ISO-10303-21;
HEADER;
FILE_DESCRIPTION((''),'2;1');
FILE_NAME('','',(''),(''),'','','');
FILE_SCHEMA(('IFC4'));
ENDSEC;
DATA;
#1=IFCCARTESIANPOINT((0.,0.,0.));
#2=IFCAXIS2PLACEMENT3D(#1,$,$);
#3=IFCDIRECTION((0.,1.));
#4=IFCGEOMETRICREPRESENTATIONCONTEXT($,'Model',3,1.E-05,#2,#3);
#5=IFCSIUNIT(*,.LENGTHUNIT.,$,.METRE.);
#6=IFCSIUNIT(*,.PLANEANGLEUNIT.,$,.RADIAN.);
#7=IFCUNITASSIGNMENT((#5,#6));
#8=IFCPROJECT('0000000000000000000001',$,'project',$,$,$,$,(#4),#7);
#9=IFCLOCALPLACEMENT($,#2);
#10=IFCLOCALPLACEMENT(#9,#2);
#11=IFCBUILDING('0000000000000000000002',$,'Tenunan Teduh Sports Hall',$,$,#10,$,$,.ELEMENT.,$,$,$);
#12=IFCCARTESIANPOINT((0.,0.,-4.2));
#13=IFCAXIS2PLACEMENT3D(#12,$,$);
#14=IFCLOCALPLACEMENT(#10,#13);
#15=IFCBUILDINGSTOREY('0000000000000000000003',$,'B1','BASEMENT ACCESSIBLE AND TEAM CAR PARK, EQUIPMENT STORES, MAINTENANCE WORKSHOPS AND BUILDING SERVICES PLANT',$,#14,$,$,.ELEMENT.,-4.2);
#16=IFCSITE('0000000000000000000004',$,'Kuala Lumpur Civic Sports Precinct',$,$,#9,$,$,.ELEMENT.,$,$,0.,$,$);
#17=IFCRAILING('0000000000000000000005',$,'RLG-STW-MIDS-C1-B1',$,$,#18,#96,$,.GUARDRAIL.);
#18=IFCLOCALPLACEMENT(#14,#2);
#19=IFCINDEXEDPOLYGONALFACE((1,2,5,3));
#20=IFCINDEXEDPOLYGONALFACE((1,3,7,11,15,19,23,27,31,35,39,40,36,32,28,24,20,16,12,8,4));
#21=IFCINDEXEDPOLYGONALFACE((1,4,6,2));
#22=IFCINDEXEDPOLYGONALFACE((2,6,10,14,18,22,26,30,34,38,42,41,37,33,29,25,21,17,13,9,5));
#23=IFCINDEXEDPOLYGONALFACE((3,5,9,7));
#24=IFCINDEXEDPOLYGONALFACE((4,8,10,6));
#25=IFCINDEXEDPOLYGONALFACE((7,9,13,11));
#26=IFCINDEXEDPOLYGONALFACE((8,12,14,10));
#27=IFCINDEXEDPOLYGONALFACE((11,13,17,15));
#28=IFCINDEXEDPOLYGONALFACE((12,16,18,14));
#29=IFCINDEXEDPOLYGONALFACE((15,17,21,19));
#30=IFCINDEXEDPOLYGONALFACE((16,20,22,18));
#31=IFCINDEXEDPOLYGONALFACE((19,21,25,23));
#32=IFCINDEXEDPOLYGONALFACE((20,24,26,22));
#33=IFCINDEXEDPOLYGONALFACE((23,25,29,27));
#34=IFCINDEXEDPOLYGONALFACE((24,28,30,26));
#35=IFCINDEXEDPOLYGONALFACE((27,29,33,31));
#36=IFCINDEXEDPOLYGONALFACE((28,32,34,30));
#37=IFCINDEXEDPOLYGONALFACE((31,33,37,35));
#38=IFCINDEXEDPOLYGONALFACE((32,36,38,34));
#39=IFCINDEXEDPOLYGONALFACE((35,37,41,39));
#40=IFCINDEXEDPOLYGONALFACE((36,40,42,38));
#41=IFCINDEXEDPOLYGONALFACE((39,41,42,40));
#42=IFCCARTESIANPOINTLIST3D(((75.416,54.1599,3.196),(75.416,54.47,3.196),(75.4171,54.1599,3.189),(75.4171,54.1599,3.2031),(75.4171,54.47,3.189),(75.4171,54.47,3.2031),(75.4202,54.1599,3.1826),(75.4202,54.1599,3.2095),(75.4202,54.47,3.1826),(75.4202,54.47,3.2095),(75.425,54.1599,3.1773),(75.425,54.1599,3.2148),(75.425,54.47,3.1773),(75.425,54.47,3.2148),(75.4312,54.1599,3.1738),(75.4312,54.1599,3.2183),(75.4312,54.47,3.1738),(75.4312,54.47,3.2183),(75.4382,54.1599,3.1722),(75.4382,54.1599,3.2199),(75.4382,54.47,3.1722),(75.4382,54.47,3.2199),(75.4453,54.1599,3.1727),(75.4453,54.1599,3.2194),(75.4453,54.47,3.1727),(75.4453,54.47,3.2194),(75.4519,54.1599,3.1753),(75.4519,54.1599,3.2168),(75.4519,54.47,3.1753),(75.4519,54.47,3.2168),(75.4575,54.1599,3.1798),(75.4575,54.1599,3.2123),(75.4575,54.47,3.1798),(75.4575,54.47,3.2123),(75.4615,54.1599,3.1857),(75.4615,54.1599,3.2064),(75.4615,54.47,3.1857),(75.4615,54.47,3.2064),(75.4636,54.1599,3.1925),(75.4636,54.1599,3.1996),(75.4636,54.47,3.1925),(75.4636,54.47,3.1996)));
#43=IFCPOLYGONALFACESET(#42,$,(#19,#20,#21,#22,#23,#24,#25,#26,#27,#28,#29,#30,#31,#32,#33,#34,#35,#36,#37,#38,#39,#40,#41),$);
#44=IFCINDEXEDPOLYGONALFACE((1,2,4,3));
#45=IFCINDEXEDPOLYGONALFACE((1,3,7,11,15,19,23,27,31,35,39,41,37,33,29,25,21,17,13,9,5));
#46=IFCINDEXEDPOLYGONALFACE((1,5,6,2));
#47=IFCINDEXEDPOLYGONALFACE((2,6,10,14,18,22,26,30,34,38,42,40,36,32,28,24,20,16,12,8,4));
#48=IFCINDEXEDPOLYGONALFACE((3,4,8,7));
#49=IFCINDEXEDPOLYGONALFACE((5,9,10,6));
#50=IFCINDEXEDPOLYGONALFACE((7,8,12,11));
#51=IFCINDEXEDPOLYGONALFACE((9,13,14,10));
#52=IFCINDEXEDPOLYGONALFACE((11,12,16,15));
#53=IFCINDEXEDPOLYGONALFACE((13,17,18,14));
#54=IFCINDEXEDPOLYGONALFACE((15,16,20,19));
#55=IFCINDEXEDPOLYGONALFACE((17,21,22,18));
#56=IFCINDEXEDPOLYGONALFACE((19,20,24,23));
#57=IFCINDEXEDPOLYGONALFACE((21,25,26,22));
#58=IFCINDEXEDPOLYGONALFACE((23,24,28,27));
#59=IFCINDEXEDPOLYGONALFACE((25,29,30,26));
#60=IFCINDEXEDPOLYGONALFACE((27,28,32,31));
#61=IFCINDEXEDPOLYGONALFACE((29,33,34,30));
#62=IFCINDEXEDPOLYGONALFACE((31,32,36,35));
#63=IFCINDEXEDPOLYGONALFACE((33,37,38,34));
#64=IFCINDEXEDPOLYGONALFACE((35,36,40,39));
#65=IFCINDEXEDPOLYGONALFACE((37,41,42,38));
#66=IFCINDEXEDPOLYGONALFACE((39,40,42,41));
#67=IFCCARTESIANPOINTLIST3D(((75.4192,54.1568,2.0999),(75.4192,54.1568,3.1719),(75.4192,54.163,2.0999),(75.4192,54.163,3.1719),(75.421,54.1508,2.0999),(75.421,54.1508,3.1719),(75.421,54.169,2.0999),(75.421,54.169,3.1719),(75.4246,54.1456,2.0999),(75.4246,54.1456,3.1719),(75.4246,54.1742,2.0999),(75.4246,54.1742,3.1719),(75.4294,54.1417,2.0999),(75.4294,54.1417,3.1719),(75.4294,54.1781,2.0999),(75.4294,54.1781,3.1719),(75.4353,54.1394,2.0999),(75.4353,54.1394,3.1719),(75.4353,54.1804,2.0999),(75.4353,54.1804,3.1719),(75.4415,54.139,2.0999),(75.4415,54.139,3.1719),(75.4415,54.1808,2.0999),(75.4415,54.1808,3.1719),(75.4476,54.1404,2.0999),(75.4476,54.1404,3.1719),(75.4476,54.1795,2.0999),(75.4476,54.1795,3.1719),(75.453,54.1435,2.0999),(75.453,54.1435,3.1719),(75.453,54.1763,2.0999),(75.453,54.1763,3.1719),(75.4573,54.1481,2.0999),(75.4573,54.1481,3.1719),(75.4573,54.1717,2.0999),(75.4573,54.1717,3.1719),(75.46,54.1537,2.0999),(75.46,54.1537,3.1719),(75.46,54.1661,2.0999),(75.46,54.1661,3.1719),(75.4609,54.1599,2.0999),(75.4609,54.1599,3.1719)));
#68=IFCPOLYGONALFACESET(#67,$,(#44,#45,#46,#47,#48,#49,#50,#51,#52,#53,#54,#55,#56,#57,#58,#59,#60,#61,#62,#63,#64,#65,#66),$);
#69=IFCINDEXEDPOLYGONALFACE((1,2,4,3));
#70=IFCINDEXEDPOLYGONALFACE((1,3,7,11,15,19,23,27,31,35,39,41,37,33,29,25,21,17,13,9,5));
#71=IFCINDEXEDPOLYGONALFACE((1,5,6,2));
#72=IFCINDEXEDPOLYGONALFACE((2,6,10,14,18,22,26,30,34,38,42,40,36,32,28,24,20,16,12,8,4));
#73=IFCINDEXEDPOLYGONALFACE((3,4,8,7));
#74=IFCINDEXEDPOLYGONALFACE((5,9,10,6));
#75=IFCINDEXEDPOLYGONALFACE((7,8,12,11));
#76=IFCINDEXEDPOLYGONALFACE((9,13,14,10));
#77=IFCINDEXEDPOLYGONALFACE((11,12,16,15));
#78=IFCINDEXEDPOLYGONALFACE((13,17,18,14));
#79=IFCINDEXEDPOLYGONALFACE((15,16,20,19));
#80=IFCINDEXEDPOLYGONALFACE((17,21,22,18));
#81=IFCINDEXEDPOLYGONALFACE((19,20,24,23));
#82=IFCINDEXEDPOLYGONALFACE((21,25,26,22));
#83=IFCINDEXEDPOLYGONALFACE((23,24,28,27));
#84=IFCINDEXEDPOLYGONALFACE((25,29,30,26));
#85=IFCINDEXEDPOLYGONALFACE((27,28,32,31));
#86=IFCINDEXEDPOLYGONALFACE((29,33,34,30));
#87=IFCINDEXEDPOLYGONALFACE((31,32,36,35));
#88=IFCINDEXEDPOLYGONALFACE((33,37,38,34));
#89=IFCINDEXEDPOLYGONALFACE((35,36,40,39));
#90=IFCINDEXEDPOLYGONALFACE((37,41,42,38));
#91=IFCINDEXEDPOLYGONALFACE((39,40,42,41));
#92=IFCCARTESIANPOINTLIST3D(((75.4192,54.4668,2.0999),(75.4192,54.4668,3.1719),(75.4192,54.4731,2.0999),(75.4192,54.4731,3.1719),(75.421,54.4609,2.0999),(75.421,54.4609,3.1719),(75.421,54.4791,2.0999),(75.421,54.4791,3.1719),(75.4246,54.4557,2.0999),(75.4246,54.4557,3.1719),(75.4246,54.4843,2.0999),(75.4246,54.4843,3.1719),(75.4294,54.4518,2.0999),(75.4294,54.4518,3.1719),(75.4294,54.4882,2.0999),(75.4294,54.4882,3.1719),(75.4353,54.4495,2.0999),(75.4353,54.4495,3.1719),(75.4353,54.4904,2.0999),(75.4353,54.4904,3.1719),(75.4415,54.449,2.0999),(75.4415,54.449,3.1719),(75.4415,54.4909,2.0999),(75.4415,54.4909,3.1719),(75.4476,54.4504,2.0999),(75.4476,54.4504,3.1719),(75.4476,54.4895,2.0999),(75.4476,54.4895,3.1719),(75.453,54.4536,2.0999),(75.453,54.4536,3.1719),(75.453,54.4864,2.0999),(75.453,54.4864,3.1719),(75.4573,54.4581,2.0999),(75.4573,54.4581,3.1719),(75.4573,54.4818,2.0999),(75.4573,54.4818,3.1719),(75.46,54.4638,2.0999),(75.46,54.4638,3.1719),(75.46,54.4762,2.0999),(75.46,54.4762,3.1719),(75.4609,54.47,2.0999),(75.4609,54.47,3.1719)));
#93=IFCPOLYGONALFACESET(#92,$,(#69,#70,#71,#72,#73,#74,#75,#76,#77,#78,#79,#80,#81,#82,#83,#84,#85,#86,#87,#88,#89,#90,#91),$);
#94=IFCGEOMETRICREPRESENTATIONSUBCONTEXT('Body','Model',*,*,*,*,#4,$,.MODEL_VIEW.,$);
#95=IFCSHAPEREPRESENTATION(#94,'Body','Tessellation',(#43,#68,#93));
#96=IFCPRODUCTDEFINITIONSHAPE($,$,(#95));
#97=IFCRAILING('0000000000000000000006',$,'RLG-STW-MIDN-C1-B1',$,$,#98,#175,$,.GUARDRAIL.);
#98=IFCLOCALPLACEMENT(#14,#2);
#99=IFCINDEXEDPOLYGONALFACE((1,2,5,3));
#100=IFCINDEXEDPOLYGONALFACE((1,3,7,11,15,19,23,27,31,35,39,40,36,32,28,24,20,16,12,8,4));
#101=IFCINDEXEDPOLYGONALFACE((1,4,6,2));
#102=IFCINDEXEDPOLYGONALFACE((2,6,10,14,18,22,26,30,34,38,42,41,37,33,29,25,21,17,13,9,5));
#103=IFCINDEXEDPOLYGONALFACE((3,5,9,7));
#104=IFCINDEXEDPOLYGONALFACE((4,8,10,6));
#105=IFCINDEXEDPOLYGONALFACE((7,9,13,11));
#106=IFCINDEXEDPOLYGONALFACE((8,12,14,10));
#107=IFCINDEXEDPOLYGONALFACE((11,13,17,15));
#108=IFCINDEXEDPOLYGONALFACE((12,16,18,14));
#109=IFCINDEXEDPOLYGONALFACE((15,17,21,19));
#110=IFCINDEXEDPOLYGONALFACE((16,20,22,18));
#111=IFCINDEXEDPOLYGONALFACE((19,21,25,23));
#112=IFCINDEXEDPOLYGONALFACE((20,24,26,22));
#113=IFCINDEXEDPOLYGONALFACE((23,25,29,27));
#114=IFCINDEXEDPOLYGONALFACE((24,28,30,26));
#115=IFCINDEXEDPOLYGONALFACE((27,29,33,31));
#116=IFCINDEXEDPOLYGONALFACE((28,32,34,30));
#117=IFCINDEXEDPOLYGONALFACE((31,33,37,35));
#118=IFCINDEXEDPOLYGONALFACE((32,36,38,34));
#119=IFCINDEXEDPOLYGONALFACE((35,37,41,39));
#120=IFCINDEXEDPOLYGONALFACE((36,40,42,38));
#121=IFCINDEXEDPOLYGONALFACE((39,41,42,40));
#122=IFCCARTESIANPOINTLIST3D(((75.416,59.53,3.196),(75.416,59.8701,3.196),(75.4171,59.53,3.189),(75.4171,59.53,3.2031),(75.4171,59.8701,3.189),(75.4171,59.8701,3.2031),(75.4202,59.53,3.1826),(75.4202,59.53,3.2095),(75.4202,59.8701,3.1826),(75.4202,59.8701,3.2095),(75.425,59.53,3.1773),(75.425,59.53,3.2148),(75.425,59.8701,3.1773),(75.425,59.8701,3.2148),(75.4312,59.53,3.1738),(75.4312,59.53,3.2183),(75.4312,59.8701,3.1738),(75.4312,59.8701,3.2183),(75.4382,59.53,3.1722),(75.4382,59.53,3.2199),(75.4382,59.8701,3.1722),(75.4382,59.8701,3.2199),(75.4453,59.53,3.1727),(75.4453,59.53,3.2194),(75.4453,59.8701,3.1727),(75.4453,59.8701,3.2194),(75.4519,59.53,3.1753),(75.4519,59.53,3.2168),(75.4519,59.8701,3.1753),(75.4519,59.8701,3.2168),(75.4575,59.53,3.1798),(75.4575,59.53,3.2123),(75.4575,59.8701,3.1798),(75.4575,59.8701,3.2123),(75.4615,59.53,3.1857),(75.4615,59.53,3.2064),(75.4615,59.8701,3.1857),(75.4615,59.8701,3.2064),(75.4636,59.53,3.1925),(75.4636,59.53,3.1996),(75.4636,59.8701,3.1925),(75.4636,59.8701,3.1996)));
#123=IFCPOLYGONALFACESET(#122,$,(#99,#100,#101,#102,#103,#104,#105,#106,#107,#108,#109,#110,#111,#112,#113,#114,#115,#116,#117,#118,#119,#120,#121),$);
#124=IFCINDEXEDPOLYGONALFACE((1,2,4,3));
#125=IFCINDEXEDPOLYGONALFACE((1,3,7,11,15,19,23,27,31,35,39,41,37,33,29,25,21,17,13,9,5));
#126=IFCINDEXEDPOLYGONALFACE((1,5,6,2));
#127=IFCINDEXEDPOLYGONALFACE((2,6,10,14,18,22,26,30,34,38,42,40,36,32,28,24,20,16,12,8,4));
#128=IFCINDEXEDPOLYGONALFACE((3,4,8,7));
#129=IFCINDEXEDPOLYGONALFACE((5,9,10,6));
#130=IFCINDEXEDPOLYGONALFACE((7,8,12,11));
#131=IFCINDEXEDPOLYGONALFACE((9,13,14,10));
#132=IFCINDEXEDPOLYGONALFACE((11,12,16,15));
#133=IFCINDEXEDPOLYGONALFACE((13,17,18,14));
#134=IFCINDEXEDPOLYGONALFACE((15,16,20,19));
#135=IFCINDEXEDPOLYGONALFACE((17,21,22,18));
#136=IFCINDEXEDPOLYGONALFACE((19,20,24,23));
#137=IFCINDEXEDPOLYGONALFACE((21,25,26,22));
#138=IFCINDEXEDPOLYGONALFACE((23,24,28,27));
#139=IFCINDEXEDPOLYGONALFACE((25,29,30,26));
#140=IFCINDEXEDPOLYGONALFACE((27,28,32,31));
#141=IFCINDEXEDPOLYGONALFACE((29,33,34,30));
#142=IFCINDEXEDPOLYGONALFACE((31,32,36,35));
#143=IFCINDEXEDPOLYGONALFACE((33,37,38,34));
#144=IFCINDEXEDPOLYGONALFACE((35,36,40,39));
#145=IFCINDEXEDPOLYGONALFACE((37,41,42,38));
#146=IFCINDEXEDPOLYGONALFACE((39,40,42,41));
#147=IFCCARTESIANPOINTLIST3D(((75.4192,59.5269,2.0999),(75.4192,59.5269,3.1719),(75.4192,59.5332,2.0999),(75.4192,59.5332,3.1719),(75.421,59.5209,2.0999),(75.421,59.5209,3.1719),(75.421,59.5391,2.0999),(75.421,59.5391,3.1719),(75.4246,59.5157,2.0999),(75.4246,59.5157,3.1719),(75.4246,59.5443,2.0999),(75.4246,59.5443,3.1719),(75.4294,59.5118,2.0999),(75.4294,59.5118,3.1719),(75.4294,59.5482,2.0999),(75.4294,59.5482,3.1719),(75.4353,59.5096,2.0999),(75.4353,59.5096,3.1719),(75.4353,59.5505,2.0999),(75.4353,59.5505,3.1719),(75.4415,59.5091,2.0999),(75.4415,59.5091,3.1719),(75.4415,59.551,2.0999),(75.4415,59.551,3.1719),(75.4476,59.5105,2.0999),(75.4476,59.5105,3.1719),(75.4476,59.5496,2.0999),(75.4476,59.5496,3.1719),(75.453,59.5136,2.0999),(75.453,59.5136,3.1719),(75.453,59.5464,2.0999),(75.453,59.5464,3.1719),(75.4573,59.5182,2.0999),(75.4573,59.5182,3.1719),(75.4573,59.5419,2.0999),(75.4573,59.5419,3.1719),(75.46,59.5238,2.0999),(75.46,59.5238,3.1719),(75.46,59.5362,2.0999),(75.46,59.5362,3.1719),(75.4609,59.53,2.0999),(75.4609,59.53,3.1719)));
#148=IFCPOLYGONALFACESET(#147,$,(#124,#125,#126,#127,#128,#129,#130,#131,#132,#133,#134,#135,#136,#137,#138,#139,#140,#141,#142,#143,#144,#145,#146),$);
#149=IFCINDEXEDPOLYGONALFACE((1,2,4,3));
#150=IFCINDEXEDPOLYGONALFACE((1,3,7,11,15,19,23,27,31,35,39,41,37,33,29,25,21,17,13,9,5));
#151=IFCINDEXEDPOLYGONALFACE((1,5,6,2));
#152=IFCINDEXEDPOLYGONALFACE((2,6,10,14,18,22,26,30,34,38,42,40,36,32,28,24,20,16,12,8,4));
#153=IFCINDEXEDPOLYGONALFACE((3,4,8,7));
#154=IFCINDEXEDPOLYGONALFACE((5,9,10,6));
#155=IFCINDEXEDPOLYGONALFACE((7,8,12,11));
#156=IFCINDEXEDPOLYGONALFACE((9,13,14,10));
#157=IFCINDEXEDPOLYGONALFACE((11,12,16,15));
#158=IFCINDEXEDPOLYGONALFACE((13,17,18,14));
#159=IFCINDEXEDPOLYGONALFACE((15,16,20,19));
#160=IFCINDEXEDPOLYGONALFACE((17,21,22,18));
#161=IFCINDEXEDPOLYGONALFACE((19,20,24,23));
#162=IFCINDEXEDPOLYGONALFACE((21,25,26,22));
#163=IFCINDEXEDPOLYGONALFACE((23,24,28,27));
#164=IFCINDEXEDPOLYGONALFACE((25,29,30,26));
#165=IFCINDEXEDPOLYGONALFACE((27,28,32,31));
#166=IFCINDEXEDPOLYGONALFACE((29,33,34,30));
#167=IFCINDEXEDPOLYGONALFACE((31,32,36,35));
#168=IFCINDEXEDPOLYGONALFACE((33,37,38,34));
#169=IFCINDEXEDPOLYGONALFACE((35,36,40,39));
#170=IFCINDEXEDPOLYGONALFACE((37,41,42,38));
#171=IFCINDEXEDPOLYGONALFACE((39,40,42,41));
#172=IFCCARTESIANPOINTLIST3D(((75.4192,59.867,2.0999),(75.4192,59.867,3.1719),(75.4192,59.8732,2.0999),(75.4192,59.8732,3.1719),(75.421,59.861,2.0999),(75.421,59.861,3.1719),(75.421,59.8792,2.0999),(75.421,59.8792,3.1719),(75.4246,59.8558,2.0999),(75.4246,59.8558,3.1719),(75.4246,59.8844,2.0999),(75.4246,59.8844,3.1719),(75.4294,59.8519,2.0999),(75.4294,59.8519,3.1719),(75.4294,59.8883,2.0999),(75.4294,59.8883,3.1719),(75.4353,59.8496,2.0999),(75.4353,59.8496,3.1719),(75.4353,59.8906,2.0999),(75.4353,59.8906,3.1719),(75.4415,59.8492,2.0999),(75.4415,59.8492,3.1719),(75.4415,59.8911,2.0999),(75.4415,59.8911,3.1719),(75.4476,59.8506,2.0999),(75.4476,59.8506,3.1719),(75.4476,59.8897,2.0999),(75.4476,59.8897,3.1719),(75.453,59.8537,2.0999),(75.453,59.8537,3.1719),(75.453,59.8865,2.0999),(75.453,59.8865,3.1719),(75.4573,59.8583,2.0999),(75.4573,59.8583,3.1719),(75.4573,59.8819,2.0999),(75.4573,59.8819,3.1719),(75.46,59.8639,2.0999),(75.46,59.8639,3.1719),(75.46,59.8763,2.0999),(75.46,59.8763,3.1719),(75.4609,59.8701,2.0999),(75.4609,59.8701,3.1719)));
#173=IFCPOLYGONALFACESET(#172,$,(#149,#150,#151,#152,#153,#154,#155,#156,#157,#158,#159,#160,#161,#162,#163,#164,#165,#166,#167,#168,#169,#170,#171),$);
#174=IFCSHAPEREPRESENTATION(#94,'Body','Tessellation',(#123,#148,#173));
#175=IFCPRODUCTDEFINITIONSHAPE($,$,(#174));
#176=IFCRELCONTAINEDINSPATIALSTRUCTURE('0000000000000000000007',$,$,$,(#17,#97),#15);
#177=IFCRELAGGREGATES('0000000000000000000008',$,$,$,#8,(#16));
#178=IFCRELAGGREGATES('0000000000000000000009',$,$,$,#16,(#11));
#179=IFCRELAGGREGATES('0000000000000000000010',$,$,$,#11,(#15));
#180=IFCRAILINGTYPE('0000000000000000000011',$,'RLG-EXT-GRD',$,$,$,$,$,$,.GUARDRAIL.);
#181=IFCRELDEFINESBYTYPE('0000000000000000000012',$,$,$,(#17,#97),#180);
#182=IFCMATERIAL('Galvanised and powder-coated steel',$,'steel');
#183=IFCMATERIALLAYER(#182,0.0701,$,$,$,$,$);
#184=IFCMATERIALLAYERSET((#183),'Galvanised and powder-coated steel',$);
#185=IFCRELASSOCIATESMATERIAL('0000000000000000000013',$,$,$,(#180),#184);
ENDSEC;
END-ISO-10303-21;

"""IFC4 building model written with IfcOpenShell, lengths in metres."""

from ifc_helpers import new_model, si_unit, direction, frame, origin, origin_2d, place, context, subcontext, project, spatial, circle, extrude, material, layer, layer_set, type_object, element, save


model = new_model("IFC4")

# Units and contexts
model_context = context("Model", 3, precision=1e-05, world=origin(), true_north=direction((0.0, 1.0)))
body_context = subcontext(model_context, "Body", "Model", "MODEL_VIEW")
ifc_project = project(units=[si_unit("LENGTHUNIT", "METRE"), si_unit("PLANEANGLEUNIT", "RADIAN")], contexts=[model_context])

# Site, building, storey
site_placement = place(None, origin())
site = spatial("IfcSite", under=ifc_project, at=site_placement, Name="Kuala Lumpur Civic Sports Precinct", CompositionType="ELEMENT", RefElevation=0.0)
building_placement = place(site_placement, origin())
building = spatial("IfcBuilding", under=site, at=building_placement, Name="Tenunan Teduh Sports Hall", CompositionType="ELEMENT")
storey_placement = place(building_placement, frame((0.0, 0.0, -4.2)))
storey = spatial("IfcBuildingStorey", under=building, at=storey_placement, Name="B1", Description="BASEMENT ACCESSIBLE AND TEAM CAR PARK, EQUIPMENT STORES, MAINTENANCE WORKSHOPS AND BUILDING SERVICES PLANT", CompositionType="ELEMENT", Elevation=-4.2)

# Railings
ifc_material_1 = material(Name="Galvanised and powder-coated steel", Category="steel")
ifc_layer_1 = layer(ifc_material_1, 0.0701)
ifc_layer_set_1 = layer_set([ifc_layer_1], Name="Galvanised and powder-coated steel")
railing_type_1 = type_object("IfcRailingType", Name="RLG-EXT-GRD", PredefinedType="GUARDRAIL", material=ifc_layer_set_1)
railing_1_placement = place(storey_placement, frame((75.4399, 54.1599, 2.0999)))
element("IfcRailing", 1, at=railing_1_placement, inside=storey, type_object=railing_type_1, Name="RLG-STW-MIDS-C1-B1", PredefinedType="GUARDRAIL", context=body_context, shape_type="SweptSolid", body=[
    extrude(circle(Radius=0.0239, at=origin_2d()), frame((0.0, 0.0, 1.0962), z_axis=(0.0, 1.0, 0.0), x_axis=(-1.0, 0.0, 0.0)), (0.0, 0.0, 1.0), 0.3101),
    extrude(circle(Radius=0.021, at=origin_2d()), origin(), (0.0, 0.0, 1.0), 1.072),
    extrude(circle(Radius=0.021, at=origin_2d()), frame((0.0, 0.3101, 0.0)), (0.0, 0.0, 1.0), 1.072),
])
railing_2_placement = place(storey_placement, frame((75.4399, 59.53, 2.0999)))
element("IfcRailing", 2, at=railing_2_placement, inside=storey, type_object=railing_type_1, Name="RLG-STW-MIDN-C1-B1", PredefinedType="GUARDRAIL", context=body_context, shape_type="SweptSolid", body=[
    extrude(circle(Radius=0.0239, at=origin_2d()), frame((0.0, 0.0, 1.0962), z_axis=(0.0, 1.0, 0.0), x_axis=(-1.0, 0.0, 0.0)), (0.0, 0.0, 1.0), 0.3401),
    extrude(circle(Radius=0.021, at=origin_2d()), origin(), (0.0, 0.0, 1.0), 1.072),
    extrude(circle(Radius=0.021, at=origin_2d()), frame((0.0, 0.3401, 0.0)), (0.0, 0.0, 1.0), 1.072),
])

save(model, "model.ifc")
